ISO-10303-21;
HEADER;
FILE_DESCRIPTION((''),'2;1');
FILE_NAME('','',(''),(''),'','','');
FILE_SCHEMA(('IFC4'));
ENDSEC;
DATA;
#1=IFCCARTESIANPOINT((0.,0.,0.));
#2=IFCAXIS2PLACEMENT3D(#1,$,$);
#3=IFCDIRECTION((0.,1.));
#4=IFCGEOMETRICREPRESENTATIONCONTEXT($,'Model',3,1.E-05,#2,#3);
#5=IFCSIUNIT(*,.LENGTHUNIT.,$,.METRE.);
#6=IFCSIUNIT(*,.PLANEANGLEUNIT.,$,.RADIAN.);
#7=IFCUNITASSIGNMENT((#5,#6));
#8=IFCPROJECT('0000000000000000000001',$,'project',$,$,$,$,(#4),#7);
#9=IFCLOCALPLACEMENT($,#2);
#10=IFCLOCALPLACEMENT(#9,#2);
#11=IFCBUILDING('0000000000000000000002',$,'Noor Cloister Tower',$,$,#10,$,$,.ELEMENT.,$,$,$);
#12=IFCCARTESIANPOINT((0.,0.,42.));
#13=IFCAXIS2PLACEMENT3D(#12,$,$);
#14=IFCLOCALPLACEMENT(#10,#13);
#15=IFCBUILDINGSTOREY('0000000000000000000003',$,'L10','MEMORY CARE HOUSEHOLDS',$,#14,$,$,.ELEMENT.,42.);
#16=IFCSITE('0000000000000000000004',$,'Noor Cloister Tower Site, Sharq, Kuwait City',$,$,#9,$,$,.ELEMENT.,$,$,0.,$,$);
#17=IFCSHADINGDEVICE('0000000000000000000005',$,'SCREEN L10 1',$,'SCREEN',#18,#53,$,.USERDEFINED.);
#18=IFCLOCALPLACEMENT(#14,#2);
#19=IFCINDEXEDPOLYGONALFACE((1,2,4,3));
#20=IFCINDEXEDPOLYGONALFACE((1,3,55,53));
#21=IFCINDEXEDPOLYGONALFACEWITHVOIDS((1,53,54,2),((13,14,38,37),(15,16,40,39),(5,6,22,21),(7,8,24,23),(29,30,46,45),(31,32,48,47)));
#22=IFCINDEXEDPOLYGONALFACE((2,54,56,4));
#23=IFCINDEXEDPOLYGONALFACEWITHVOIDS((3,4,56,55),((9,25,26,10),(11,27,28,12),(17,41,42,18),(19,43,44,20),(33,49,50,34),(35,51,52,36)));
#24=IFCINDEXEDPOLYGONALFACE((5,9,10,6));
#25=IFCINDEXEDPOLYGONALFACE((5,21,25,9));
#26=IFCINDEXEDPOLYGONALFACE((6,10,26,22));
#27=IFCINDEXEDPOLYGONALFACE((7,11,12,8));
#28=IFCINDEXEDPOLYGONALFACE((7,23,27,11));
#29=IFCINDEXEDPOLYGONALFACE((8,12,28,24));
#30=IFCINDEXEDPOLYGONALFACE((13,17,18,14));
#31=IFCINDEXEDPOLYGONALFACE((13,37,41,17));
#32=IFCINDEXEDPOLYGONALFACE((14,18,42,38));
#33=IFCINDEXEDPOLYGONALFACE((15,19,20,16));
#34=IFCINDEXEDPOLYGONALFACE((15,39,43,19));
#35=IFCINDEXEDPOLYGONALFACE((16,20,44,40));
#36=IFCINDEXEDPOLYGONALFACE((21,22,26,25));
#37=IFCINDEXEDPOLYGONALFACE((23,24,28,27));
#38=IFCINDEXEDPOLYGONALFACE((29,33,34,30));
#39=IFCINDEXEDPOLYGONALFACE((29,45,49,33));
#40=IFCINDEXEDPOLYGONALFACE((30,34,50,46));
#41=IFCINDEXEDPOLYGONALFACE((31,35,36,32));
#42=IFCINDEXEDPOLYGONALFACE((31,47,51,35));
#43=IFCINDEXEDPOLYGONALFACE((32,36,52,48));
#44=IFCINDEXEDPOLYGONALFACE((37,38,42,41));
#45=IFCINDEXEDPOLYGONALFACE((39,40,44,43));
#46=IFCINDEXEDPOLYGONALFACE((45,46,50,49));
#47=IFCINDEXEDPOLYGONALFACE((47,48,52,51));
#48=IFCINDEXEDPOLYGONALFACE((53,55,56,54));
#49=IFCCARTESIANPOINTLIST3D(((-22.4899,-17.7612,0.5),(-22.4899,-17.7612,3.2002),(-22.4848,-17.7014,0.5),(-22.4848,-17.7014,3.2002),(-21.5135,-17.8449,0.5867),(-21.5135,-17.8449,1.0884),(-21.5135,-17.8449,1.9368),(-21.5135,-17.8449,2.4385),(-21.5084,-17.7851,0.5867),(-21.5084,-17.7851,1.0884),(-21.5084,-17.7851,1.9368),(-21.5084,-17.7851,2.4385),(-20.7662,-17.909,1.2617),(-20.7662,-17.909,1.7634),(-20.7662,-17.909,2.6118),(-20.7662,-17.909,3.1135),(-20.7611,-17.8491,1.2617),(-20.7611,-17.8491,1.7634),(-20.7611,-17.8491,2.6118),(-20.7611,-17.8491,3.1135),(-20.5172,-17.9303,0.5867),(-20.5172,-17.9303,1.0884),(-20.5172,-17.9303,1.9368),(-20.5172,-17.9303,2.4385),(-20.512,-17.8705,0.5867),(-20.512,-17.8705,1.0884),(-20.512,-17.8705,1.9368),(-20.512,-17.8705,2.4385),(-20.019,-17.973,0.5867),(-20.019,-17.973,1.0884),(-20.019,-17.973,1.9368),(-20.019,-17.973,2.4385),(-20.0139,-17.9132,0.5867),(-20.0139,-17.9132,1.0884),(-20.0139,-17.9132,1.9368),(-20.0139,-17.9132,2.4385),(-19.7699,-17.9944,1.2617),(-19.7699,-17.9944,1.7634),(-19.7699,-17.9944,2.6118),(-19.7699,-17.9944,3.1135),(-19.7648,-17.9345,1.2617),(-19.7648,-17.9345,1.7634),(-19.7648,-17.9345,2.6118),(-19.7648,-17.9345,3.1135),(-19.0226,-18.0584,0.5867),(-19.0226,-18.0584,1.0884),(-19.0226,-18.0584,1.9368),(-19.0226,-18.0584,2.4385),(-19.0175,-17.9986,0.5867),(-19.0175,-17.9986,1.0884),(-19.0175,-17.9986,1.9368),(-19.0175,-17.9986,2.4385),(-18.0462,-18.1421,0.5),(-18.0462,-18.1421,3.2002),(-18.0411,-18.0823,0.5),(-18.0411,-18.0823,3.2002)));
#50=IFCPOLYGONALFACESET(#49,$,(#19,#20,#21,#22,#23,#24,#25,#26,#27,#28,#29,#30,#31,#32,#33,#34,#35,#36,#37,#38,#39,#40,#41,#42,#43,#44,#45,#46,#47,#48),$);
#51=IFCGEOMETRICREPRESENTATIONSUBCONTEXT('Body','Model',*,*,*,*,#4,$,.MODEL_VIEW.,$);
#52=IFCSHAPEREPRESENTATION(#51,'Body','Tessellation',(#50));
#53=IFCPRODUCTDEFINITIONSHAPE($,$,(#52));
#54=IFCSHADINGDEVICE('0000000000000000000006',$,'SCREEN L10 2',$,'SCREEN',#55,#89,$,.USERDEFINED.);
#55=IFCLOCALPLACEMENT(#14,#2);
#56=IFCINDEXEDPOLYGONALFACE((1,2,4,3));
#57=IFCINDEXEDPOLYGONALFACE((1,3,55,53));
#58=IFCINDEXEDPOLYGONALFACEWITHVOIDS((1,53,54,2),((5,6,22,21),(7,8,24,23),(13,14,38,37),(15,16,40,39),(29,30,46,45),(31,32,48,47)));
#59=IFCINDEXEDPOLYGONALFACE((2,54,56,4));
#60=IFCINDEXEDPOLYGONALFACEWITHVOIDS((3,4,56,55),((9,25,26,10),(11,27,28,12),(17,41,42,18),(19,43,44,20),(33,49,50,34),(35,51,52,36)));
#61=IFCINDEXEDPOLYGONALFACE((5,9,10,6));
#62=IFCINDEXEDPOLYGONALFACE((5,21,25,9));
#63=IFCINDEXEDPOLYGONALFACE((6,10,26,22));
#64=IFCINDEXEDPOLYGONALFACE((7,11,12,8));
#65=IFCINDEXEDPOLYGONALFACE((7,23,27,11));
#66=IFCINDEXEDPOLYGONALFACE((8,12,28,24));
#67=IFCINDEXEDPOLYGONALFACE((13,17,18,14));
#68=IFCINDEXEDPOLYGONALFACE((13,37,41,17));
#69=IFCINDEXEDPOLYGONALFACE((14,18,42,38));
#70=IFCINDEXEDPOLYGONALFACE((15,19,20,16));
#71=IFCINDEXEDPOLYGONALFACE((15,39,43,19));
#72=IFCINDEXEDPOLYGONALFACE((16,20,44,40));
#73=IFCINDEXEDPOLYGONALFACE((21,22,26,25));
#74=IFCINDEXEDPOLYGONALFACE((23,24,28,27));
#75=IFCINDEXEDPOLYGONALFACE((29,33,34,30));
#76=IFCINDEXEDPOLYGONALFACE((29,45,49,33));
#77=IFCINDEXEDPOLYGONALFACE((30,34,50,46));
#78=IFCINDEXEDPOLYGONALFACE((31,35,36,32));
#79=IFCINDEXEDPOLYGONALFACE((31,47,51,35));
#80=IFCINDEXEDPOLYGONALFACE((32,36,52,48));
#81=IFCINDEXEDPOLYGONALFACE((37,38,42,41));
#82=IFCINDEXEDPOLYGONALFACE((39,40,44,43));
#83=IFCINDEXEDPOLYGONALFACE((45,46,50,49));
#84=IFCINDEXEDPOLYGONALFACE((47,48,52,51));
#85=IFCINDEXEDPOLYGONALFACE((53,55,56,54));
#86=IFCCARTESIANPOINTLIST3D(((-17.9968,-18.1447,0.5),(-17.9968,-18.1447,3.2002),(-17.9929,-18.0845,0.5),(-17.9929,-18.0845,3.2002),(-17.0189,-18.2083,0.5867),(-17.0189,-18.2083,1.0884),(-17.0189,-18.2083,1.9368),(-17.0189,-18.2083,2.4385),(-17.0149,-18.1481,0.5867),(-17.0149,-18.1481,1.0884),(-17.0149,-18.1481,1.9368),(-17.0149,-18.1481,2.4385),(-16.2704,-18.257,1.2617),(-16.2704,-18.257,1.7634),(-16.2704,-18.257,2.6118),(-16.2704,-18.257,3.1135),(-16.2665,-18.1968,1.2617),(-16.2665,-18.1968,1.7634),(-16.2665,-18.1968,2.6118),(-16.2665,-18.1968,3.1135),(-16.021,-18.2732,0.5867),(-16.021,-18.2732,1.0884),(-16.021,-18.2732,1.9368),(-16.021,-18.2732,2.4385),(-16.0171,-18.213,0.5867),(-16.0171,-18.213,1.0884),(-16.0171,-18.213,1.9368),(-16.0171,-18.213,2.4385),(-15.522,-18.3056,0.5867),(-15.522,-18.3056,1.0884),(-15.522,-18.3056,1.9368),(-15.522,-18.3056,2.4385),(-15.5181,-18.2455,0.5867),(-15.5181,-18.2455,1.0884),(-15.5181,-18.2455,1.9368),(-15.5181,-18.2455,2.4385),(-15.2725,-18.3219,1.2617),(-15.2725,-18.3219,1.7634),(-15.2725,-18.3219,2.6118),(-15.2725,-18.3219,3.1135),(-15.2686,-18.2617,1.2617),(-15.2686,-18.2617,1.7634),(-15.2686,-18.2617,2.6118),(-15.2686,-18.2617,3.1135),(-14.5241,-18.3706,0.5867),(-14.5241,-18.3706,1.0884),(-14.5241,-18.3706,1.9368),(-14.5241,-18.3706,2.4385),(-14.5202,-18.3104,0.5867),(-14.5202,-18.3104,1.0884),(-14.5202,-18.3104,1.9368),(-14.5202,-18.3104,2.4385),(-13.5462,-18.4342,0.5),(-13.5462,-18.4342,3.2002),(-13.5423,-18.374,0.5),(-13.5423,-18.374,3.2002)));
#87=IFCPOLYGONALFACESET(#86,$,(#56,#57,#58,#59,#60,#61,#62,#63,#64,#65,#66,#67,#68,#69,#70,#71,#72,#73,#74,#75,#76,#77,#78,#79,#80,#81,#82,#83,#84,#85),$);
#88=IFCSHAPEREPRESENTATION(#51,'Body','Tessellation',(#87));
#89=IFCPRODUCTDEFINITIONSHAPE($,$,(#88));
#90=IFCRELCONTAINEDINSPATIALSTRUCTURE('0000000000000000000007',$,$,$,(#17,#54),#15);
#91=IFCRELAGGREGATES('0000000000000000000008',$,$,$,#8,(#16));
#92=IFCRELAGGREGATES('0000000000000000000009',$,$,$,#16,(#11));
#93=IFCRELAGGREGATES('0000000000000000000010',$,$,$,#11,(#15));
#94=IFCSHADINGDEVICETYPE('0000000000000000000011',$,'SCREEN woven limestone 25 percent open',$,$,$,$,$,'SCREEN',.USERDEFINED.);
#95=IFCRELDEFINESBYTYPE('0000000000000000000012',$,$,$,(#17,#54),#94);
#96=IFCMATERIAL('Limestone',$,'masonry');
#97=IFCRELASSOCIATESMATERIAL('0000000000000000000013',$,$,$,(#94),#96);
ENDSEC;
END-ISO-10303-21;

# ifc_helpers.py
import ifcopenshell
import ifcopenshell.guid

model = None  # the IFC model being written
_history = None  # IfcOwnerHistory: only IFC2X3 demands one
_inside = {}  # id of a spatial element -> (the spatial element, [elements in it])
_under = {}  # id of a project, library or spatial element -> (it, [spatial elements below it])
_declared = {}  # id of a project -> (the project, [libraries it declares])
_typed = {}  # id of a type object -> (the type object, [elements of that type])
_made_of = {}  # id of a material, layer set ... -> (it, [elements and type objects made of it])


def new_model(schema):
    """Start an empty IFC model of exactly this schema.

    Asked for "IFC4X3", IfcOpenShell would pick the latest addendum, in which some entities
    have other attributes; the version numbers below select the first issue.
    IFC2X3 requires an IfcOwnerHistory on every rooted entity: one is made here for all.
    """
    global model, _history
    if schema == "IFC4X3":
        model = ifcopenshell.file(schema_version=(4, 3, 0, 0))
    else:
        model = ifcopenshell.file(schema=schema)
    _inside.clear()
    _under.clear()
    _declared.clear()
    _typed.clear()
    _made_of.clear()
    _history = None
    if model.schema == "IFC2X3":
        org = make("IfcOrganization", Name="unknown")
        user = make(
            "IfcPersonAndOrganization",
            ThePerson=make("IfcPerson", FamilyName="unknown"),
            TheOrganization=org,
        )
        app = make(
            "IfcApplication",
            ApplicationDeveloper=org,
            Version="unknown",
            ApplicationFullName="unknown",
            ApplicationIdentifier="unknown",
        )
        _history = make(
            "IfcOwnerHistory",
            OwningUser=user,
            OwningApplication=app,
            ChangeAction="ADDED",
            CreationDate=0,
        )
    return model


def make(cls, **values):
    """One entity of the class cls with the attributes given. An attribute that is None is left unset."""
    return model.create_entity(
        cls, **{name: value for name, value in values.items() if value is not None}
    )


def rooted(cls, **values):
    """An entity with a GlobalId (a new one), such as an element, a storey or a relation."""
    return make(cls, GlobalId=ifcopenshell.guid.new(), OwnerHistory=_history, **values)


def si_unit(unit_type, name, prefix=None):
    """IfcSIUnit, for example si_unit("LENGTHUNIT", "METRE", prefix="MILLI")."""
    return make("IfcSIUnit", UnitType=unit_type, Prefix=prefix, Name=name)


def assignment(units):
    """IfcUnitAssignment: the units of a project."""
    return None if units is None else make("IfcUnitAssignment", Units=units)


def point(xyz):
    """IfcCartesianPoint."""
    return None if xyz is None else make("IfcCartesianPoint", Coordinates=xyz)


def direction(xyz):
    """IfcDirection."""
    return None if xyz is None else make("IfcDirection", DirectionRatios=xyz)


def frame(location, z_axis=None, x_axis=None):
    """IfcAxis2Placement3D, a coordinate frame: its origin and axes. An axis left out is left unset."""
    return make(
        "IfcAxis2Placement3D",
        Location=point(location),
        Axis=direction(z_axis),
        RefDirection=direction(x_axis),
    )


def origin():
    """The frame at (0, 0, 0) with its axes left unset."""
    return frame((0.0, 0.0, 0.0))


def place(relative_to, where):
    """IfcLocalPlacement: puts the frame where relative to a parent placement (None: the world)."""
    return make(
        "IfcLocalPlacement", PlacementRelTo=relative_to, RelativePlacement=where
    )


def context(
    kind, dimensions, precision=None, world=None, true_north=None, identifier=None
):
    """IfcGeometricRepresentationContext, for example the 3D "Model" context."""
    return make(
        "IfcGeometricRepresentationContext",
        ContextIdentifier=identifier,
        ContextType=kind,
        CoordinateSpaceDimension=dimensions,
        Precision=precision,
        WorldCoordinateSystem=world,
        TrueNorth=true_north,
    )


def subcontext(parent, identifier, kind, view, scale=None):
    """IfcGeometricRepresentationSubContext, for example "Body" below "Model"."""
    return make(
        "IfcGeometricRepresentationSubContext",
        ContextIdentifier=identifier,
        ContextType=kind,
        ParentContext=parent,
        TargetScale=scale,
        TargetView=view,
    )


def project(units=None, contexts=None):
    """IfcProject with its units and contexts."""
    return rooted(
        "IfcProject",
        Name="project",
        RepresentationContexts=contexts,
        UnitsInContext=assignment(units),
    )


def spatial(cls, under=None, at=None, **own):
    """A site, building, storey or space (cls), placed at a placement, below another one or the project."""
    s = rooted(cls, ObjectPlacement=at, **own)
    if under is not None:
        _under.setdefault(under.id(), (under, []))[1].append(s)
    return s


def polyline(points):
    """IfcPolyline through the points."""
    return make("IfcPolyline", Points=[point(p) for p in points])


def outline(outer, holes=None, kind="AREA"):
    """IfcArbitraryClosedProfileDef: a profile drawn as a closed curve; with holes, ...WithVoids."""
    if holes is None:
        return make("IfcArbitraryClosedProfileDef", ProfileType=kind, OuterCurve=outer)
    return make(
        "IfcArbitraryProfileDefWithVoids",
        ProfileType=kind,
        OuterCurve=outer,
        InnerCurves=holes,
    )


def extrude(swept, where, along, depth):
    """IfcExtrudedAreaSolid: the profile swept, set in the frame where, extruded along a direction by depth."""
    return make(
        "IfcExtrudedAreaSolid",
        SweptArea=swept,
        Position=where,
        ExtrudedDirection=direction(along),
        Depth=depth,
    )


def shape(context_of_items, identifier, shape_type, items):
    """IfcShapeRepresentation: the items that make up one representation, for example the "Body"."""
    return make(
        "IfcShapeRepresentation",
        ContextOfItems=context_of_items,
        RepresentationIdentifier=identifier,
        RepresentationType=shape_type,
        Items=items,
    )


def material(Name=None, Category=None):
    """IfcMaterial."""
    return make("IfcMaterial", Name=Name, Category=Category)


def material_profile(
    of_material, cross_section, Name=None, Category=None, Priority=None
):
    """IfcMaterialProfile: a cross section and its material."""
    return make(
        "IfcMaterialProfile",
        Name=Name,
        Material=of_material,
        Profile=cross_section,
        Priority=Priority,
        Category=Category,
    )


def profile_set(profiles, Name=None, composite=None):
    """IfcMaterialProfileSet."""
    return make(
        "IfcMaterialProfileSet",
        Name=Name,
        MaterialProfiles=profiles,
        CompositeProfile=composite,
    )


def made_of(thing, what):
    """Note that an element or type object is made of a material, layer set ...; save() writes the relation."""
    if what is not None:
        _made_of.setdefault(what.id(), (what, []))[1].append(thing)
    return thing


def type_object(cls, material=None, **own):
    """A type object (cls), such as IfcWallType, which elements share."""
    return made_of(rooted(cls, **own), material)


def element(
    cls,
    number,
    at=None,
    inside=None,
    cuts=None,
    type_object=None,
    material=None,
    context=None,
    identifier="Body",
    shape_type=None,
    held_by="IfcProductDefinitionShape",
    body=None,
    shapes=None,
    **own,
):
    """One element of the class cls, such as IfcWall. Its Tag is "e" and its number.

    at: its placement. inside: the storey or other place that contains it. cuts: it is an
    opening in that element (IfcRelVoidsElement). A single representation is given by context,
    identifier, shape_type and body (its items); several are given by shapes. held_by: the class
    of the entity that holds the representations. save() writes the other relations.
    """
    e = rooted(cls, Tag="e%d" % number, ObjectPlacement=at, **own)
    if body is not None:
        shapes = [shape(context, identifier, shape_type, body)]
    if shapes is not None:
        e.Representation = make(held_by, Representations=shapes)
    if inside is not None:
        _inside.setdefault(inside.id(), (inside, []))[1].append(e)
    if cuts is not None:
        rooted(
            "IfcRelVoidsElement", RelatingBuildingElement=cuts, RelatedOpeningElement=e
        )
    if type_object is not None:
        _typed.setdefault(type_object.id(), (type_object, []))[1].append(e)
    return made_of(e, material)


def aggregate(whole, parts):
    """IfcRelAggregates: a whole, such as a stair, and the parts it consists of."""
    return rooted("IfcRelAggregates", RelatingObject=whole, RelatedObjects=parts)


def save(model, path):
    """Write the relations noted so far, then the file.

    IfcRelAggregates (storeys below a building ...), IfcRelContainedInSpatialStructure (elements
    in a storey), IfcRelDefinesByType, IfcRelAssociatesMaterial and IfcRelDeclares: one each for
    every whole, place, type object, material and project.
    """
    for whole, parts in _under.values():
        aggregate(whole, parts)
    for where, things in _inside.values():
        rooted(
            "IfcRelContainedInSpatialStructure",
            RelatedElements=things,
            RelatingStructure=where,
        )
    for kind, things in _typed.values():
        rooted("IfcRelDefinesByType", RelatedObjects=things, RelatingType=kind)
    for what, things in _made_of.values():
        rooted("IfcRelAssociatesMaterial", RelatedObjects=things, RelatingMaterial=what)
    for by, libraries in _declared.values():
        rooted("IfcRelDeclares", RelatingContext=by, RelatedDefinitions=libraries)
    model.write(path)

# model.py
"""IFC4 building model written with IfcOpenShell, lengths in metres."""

from ifc_helpers import new_model, si_unit, direction, frame, origin, place, context, subcontext, project, spatial, polyline, outline, extrude, material, material_profile, profile_set, type_object, element, save


model = new_model("IFC4")

# Units and contexts
model_context = context("Model", 3, precision=1e-05, world=origin(), true_north=direction((0.0, 1.0)))
body_context = subcontext(model_context, "Body", "Model", "MODEL_VIEW")
ifc_project = project(units=[si_unit("LENGTHUNIT", "METRE"), si_unit("PLANEANGLEUNIT", "RADIAN")], contexts=[model_context])

# Site, building, storey
site_placement = place(None, origin())
site = spatial("IfcSite", under=ifc_project, at=site_placement, Name="Noor Cloister Tower Site, Sharq, Kuwait City", CompositionType="ELEMENT", RefElevation=0.0)
building_placement = place(site_placement, origin())
building = spatial("IfcBuilding", under=site, at=building_placement, Name="Noor Cloister Tower", CompositionType="ELEMENT")
storey_placement = place(building_placement, frame((0.0, 0.0, 42.0)))
storey = spatial("IfcBuildingStorey", under=building, at=storey_placement, Name="L10", Description="MEMORY CARE HOUSEHOLDS", CompositionType="ELEMENT", Elevation=42.0)

# Shading devices
ifc_material_1 = material(Name="Limestone", Category="masonry")
ifc_material_profile_1 = material_profile(ifc_material_1, outline(polyline([(-2.23, -1.3501), (2.23, -1.3501), (2.23, 1.3501), (-2.23, 1.3501), (-2.23, -1.3501)]), holes=[polyline([(-1.25, -1.2634), (-0.25, -1.2634), (-0.25, -0.7617), (-1.25, -0.7617), (-1.25, -1.2634)]), polyline([(0.25, -1.2634), (1.25, -1.2634), (1.25, -0.7617), (0.25, -0.7617), (0.25, -1.2634)]), polyline([(-0.5, -0.5884), (0.5, -0.5884), (0.5, -0.0867), (-0.5, -0.0867), (-0.5, -0.5884)]), polyline([(-1.25, 0.0867), (-0.25, 0.0867), (-0.25, 0.5884), (-1.25, 0.5884), (-1.25, 0.0867)]), polyline([(0.25, 0.0867), (1.25, 0.0867), (1.25, 0.5884), (0.25, 0.5884), (0.25, 0.0867)]), polyline([(-0.5, 0.7617), (0.5, 0.7617), (0.5, 1.2634), (-0.5, 1.2634), (-0.5, 0.7617)])]), Name="Woven screen 25 percent open")
ifc_profile_set_1 = profile_set([ifc_material_profile_1], Name="Limestone")
shading_device_type = type_object("IfcShadingDeviceType", Name="SCREEN woven limestone 25 percent open", ElementType="SCREEN", PredefinedType="USERDEFINED", material=ifc_profile_set_1)
shading_device_1_placement = place(storey_placement, frame((-20.2629, -17.8918, 1.8501), z_axis=(-0.085401, -0.996347, 0.0), x_axis=(0.996347, -0.085401, 0.0)))
element("IfcShadingDevice", 1, at=shading_device_1_placement, inside=storey, type_object=shading_device_type, Name="SCREEN L10 1", ObjectType="SCREEN", PredefinedType="USERDEFINED", context=body_context, shape_type="SweptSolid", body=[
    extrude(outline(polyline([(-2.23, -1.3501), (2.23, -1.3501), (2.23, 1.3501), (-2.23, 1.3501), (-2.23, -1.3501)]), holes=[polyline([(-1.25, -1.2634), (-0.25, -1.2634), (-0.25, -0.7617), (-1.25, -0.7617), (-1.25, -1.2634)]), polyline([(0.25, -1.2634), (1.25, -1.2634), (1.25, -0.7617), (0.25, -0.7617), (0.25, -1.2634)]), polyline([(-0.5, -0.5884), (0.5, -0.5884), (0.5, -0.0867), (-0.5, -0.0867), (-0.5, -0.5884)]), polyline([(-1.25, 0.0867), (-0.25, 0.0867), (-0.25, 0.5884), (-1.25, 0.5884), (-1.25, 0.0867)]), polyline([(0.25, 0.0867), (1.25, 0.0867), (1.25, 0.5884), (0.25, 0.5884), (0.25, 0.0867)]), polyline([(-0.5, 0.7617), (0.5, 0.7617), (0.5, 1.2634), (-0.5, 1.2634), (-0.5, 0.7617)])]), origin(), (0.0, 0.0, 1.0), 0.0601),
])
shading_device_2_placement = place(storey_placement, frame((-15.7676, -18.2292, 1.8501), z_axis=(-0.064904, -0.997892, 0.0), x_axis=(0.997892, -0.064904, 0.0)))
element("IfcShadingDevice", 2, at=shading_device_2_placement, inside=storey, type_object=shading_device_type, Name="SCREEN L10 2", ObjectType="SCREEN", PredefinedType="USERDEFINED", context=body_context, shape_type="SweptSolid", body=[
    extrude(outline(polyline([(-2.23, -1.3501), (2.23, -1.3501), (2.23, 1.3501), (-2.23, 1.3501), (-2.23, -1.3501)]), holes=[polyline([(-1.25, -1.2634), (-0.25, -1.2634), (-0.25, -0.7617), (-1.25, -0.7617), (-1.25, -1.2634)]), polyline([(0.25, -1.2634), (1.25, -1.2634), (1.25, -0.7617), (0.25, -0.7617), (0.25, -1.2634)]), polyline([(-0.5, -0.5884), (0.5, -0.5884), (0.5, -0.0867), (-0.5, -0.0867), (-0.5, -0.5884)]), polyline([(-1.25, 0.0867), (-0.25, 0.0867), (-0.25, 0.5884), (-1.25, 0.5884), (-1.25, 0.0867)]), polyline([(0.25, 0.0867), (1.25, 0.0867), (1.25, 0.5884), (0.25, 0.5884), (0.25, 0.0867)]), polyline([(-0.5, 0.7617), (0.5, 0.7617), (0.5, 1.2634), (-0.5, 1.2634), (-0.5, 0.7617)])]), origin(), (0.0, 0.0, 1.0), 0.0603),
])

save(model, "model.ifc")
